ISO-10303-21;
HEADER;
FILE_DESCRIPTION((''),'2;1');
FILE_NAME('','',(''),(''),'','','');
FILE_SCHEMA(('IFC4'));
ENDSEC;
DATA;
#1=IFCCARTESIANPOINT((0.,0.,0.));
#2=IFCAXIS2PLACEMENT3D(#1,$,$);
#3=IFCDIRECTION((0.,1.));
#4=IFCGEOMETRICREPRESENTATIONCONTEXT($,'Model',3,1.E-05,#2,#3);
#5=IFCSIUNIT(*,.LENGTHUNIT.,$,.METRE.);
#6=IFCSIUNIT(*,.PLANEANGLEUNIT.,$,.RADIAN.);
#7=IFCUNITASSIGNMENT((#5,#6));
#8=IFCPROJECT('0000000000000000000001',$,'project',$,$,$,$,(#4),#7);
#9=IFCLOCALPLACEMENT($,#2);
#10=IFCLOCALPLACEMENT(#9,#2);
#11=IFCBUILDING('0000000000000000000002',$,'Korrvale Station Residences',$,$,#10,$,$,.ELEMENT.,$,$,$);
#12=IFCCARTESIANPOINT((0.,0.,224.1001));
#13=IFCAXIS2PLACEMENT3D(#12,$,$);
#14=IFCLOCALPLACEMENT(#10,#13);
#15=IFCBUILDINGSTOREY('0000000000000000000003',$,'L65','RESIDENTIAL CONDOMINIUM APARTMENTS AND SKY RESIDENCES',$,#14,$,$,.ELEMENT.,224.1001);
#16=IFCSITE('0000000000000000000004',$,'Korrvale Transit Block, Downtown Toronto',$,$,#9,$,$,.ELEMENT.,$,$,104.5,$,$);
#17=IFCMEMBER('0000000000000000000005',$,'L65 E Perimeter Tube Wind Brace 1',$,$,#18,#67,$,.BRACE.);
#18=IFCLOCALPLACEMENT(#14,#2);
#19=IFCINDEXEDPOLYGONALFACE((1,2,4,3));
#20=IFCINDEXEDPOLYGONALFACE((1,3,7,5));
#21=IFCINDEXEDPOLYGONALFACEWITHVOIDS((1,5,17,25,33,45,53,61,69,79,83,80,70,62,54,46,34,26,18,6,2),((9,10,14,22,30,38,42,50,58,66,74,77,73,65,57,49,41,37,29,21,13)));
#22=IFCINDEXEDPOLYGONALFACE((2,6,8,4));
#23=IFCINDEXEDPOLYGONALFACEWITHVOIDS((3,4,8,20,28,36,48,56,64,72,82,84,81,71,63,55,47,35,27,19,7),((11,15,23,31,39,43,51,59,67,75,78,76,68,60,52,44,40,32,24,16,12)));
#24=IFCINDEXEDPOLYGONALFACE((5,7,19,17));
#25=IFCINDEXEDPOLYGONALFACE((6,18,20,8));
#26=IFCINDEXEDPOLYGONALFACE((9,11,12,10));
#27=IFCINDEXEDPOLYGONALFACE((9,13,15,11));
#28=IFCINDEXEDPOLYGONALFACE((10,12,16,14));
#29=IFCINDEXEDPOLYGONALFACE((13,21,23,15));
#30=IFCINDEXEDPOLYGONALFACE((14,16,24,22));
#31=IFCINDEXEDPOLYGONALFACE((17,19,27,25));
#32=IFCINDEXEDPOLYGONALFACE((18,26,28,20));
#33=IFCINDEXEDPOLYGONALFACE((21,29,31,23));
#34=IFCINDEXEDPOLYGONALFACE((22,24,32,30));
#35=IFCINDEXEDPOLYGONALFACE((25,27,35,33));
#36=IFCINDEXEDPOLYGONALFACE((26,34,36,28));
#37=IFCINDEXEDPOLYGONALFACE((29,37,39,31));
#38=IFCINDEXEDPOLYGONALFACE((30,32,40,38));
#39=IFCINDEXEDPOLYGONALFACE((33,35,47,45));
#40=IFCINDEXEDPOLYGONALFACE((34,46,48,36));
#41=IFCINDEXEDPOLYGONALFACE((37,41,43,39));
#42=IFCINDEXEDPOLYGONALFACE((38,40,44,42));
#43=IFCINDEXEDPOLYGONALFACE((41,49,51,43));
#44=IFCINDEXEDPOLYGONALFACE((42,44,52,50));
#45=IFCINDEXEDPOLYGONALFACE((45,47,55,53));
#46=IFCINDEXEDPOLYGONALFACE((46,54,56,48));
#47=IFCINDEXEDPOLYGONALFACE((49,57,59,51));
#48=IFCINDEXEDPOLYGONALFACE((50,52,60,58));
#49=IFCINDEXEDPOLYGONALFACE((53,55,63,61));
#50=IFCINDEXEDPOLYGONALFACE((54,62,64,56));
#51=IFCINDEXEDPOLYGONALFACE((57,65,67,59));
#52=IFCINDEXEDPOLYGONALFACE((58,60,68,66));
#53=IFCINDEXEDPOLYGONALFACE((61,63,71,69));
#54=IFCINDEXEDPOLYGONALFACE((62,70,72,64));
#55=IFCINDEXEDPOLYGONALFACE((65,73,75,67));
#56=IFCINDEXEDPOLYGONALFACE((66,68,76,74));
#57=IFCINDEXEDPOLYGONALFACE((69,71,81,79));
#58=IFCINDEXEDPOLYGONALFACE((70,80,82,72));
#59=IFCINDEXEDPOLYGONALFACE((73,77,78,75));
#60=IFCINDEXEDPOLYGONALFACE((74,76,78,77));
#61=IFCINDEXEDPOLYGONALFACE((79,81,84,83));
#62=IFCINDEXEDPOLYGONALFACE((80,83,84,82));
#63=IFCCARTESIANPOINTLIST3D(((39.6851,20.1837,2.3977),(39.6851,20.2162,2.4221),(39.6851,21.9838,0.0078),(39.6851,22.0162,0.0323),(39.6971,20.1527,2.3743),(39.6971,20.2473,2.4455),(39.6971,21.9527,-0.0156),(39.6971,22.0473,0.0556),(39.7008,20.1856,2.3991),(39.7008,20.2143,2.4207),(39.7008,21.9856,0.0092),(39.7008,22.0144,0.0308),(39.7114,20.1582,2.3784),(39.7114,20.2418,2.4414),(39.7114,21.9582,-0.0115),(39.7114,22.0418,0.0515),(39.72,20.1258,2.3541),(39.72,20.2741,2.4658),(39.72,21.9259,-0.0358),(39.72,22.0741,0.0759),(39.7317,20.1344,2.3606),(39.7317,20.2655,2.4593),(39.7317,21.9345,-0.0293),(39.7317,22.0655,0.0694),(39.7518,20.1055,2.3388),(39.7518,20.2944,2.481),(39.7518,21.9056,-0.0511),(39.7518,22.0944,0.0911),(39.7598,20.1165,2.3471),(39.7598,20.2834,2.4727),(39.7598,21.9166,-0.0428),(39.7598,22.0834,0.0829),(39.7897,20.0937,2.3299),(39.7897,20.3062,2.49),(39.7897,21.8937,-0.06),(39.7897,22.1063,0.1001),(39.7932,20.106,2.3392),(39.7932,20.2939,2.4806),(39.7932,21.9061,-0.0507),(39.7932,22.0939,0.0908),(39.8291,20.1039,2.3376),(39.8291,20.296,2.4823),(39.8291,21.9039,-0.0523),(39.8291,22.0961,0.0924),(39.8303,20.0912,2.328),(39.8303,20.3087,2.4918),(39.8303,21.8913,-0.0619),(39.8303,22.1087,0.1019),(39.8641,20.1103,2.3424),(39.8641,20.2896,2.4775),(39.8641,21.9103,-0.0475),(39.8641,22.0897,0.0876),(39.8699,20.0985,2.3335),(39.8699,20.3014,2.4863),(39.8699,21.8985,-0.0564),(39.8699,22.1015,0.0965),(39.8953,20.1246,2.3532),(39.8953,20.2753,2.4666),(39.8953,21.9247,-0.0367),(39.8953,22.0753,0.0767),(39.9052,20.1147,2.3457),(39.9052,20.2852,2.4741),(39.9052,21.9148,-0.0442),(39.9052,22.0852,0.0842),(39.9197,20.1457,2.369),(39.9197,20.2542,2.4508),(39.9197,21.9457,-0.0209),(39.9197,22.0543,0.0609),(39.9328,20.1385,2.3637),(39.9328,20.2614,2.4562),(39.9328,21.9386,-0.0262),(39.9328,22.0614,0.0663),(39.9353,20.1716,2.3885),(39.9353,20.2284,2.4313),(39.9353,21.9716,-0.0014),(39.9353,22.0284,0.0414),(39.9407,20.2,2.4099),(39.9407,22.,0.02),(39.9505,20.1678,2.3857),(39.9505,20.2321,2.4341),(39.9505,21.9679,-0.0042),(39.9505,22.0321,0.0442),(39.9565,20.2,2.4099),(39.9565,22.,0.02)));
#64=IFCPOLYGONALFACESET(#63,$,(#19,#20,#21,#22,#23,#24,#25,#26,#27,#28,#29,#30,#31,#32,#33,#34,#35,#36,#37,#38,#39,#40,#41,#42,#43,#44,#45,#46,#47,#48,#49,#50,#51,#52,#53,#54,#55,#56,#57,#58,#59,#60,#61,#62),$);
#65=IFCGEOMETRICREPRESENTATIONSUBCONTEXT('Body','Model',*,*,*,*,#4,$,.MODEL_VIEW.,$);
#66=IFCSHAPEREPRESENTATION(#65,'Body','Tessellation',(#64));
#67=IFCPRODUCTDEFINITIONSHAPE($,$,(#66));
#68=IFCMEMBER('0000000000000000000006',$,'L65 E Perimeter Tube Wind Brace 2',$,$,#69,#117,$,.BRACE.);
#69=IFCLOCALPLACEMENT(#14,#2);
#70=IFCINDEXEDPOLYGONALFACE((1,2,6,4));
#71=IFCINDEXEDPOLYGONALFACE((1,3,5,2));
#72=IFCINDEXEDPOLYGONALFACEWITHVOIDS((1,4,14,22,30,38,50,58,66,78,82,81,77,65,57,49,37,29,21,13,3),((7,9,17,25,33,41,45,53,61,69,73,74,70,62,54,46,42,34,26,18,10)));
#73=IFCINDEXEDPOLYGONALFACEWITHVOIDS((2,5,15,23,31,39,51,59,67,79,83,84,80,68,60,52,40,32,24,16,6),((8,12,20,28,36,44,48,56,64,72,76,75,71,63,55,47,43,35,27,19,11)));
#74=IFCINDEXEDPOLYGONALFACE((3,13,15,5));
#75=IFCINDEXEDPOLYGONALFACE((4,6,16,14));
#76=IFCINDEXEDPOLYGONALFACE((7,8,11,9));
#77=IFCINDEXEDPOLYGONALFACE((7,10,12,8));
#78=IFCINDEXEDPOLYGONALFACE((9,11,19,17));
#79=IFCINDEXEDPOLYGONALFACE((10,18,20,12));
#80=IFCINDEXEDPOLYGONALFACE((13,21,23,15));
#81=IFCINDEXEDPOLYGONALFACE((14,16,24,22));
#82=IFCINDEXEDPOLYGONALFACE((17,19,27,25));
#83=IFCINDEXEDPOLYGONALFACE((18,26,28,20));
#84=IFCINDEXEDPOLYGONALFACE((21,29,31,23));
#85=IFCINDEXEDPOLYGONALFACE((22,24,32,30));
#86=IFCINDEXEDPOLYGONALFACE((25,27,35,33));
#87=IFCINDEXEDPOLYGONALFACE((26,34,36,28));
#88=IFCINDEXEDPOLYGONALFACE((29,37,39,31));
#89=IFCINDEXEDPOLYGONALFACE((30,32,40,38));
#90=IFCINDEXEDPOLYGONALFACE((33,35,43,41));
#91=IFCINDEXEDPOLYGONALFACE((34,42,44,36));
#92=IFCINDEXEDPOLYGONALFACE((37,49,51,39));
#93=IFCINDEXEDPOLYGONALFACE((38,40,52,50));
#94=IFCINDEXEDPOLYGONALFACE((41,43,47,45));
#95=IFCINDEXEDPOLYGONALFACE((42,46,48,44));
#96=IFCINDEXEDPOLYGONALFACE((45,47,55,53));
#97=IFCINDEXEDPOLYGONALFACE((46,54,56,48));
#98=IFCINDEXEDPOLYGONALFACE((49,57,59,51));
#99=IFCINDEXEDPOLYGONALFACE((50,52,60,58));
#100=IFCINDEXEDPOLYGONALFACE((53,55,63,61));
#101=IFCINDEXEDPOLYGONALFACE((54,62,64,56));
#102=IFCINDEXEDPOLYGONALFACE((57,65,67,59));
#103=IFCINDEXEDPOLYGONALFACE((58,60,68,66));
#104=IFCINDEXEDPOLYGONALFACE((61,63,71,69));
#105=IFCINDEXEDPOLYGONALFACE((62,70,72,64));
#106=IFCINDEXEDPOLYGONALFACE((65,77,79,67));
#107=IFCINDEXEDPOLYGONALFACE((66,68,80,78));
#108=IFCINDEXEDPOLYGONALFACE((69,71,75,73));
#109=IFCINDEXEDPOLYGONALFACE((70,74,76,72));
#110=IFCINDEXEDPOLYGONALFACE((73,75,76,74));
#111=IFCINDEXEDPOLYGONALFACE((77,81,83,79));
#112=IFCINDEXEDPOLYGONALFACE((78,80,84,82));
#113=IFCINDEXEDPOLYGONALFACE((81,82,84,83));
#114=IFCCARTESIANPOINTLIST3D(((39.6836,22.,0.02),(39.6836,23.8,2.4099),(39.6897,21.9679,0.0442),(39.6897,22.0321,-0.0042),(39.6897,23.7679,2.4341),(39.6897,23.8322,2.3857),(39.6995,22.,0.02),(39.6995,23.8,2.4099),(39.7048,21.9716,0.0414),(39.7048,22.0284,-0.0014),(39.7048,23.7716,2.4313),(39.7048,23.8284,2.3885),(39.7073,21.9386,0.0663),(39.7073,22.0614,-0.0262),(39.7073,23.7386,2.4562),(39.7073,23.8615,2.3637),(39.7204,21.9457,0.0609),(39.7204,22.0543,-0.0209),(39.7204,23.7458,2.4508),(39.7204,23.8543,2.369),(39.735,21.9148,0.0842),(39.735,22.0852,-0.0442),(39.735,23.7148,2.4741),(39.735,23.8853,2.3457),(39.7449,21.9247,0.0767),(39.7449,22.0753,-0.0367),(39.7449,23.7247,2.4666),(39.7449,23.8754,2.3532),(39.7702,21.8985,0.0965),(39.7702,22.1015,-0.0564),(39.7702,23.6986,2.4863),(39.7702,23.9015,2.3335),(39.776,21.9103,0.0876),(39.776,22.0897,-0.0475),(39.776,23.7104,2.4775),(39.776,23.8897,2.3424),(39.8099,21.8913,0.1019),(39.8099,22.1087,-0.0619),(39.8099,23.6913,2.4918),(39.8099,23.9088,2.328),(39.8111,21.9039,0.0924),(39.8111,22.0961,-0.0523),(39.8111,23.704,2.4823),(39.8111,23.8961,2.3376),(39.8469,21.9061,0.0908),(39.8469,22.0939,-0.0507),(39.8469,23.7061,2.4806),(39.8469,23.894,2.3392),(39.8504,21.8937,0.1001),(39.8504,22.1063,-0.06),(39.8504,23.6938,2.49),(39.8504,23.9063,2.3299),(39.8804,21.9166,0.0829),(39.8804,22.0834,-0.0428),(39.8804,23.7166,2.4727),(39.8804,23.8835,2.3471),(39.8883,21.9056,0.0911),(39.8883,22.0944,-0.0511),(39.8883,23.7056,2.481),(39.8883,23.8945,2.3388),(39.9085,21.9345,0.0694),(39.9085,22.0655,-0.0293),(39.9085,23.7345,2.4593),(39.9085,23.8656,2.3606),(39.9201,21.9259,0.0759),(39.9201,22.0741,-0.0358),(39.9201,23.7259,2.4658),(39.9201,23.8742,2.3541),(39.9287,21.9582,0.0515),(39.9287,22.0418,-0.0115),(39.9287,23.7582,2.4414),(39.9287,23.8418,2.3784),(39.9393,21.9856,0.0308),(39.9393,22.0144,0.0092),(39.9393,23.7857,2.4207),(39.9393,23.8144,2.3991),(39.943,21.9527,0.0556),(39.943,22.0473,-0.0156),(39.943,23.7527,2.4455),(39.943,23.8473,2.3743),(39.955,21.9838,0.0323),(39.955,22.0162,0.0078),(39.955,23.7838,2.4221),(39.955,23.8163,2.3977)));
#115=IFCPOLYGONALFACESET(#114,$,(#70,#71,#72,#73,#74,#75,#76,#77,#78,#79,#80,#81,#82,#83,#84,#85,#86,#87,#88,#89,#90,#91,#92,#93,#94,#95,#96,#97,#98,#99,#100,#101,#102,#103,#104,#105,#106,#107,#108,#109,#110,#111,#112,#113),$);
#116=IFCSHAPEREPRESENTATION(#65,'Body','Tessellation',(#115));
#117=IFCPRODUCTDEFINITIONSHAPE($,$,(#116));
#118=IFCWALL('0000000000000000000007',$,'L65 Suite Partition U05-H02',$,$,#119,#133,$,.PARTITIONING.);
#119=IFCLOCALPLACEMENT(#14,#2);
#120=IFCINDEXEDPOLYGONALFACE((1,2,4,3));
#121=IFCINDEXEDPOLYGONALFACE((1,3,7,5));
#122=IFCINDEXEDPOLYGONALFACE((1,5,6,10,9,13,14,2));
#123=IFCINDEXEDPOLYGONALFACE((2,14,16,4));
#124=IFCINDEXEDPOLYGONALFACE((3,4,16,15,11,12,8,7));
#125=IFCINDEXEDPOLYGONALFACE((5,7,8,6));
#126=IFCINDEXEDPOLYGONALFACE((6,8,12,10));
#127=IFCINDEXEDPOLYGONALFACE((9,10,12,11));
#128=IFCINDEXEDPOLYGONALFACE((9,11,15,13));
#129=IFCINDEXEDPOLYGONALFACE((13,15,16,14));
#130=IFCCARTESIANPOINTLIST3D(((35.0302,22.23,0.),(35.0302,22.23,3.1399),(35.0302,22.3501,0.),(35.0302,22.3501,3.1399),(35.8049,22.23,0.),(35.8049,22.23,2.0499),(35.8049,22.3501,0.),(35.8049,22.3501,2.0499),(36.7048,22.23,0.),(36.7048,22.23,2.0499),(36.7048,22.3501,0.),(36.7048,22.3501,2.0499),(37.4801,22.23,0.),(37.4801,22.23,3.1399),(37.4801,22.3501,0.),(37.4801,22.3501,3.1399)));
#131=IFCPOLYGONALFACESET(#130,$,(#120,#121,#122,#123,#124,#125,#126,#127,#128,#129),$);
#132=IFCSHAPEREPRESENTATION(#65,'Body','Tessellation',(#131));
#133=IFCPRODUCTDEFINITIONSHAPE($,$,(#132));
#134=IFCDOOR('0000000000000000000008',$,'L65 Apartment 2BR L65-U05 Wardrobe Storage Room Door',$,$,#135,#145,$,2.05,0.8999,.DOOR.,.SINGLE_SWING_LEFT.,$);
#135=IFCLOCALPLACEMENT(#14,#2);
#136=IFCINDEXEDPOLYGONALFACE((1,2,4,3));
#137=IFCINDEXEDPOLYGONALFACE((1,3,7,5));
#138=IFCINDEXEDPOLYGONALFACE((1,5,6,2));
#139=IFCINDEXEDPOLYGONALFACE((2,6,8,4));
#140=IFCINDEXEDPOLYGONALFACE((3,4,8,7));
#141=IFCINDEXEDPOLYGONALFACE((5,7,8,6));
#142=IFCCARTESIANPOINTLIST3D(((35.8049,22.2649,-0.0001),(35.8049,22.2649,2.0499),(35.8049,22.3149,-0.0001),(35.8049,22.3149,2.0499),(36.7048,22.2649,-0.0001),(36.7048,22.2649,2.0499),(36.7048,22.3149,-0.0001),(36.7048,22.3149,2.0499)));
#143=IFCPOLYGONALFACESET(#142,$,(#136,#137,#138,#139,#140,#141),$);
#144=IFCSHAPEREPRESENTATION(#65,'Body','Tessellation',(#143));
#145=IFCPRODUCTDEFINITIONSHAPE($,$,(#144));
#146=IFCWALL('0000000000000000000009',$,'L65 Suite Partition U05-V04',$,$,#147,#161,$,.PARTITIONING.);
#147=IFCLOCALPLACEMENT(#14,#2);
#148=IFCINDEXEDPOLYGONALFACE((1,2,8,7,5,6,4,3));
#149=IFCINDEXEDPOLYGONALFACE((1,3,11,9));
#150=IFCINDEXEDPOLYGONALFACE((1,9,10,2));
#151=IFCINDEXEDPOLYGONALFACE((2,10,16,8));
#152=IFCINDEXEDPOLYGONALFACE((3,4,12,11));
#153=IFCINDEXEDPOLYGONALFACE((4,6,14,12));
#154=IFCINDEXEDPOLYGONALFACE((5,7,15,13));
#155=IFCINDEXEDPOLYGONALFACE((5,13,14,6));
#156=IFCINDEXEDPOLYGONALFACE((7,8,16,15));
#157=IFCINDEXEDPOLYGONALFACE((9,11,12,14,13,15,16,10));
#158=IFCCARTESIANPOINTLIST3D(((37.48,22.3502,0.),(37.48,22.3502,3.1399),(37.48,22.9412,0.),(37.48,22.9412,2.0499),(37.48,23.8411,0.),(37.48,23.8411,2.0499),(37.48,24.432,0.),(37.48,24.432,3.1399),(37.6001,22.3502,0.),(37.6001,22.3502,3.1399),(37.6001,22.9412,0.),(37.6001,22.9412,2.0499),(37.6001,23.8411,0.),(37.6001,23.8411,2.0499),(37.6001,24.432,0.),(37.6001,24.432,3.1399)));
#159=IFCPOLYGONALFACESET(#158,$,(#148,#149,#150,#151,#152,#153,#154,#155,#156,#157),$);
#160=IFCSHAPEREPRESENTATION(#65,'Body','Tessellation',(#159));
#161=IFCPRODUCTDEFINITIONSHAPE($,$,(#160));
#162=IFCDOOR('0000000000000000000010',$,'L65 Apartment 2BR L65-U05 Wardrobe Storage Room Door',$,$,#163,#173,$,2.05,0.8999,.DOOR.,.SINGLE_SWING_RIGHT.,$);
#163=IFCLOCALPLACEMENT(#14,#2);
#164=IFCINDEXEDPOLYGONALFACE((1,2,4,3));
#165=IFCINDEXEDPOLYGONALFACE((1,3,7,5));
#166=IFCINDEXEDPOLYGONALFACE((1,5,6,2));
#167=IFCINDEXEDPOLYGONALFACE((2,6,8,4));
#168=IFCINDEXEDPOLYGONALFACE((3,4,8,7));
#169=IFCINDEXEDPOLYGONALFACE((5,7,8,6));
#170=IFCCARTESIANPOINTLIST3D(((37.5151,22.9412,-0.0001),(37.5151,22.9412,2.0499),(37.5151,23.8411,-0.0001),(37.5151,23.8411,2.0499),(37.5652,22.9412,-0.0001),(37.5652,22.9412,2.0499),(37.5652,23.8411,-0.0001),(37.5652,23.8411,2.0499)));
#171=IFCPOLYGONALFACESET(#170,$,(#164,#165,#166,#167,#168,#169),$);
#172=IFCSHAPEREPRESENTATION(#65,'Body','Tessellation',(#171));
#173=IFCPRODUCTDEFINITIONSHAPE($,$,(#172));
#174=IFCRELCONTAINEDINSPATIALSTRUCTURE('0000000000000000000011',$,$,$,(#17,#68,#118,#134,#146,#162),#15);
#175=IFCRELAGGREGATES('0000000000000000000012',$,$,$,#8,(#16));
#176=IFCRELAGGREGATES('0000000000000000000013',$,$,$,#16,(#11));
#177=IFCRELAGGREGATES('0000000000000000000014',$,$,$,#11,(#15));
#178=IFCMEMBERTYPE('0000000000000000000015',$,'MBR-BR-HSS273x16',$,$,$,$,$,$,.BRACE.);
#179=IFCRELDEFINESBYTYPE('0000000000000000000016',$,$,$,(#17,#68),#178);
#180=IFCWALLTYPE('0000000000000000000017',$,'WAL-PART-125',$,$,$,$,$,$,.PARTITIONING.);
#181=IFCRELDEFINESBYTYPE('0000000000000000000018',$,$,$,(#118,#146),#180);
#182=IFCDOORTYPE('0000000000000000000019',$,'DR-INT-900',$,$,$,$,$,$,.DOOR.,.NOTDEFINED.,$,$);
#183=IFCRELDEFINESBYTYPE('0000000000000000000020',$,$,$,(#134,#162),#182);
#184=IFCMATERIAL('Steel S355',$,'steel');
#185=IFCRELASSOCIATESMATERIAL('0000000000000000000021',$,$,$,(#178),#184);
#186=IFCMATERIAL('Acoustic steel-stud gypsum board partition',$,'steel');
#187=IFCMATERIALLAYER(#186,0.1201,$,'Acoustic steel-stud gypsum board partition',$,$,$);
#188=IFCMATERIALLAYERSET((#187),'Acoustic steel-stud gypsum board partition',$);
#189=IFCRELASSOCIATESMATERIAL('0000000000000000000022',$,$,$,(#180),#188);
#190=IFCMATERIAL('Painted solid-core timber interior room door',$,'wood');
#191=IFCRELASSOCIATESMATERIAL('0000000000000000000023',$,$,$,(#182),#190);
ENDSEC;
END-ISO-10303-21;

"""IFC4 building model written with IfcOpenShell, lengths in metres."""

from ifc_helpers import new_model, si_unit, direction, frame, frame_2d, origin, origin_2d, place, context, subcontext, project, spatial, rectangle, hollow_circle, extrude, material, layer, layer_set, material_profile, profile_set, type_object, element, fill, save


model = new_model("IFC4")

# Units and contexts
model_context = context("Model", 3, precision=1e-05, world=origin(), true_north=direction((0.0, 1.0)))
body_context = subcontext(model_context, "Body", "Model", "MODEL_VIEW")
ifc_project = project(units=[si_unit("LENGTHUNIT", "METRE"), si_unit("PLANEANGLEUNIT", "RADIAN")], contexts=[model_context])

# Site, building, storey
site_placement = place(None, origin())
site = spatial("IfcSite", under=ifc_project, at=site_placement, Name="Korrvale Transit Block, Downtown Toronto", CompositionType="ELEMENT", RefElevation=104.5)
building_placement = place(site_placement, origin())
building = spatial("IfcBuilding", under=site, at=building_placement, Name="Korrvale Station Residences", CompositionType="ELEMENT")
storey_placement = place(building_placement, frame((0.0, 0.0, 224.1001)))
storey = spatial("IfcBuildingStorey", under=building, at=storey_placement, Name="L65", Description="RESIDENTIAL CONDOMINIUM APARTMENTS AND SKY RESIDENCES", CompositionType="ELEMENT", Elevation=224.1001)

# Shared definitions
ifc_material_1 = material(Name="Steel S355", Category="steel")

# Members
ifc_material_profile_1 = material_profile(ifc_material_1, hollow_circle(Radius=0.1365, WallThickness=0.0159, at=origin_2d()), Name="HSS273x16")
ifc_profile_set_1 = profile_set([ifc_material_profile_1], Name="Steel S355")
member_type = type_object("IfcMemberType", Name="MBR-BR-HSS273x16", PredefinedType="BRACE", material=ifc_profile_set_1)
for number, where, z_axis, x_axis, name in (
    (1, (39.8201, 22.0, 0.02), (0.0, -0.601631, 0.798774), (1.0, 0.0, 0.0), "L65 E Perimeter Tube Wind Brace 1"),
    (2, (39.8201, 22.0, 0.02), (0.0, 0.601631, 0.798774), (-1.0, 0.0, 0.0), "L65 E Perimeter Tube Wind Brace 2"),
):
    element("IfcMember", number, at=place(storey_placement, frame(where, z_axis=z_axis, x_axis=x_axis)), inside=storey, type_object=member_type, Name=name, PredefinedType="BRACE", context=body_context, shape_type="SweptSolid", body=[
        extrude(hollow_circle(Radius=0.1365, WallThickness=0.0159, at=origin_2d()), origin(), (0.0, 0.0, 1.0), 2.9919),
    ])

# Walls, openings, doors
ifc_material_2 = material(Name="Acoustic steel-stud gypsum board partition", Category="steel")
ifc_layer_1 = layer(ifc_material_2, 0.1201, Name="Acoustic steel-stud gypsum board partition")
ifc_layer_set_1 = layer_set([ifc_layer_1], Name="Acoustic steel-stud gypsum board partition")
wall_type_1 = type_object("IfcWallType", Name="WAL-PART-125", PredefinedType="PARTITIONING", material=ifc_layer_set_1)
wall_1_placement = place(storey_placement, frame((35.03, 22.29, 0.0), z_axis=(0.0, 0.0, 1.0), x_axis=(1.0, 0.0, 0.0)))
wall_1 = element("IfcWall", 3, at=wall_1_placement, inside=storey, type_object=wall_type_1, Name="L65 Suite Partition U05-H02", PredefinedType="PARTITIONING", context=body_context, shape_type="SweptSolid", body=[
    extrude(rectangle(XDim=2.45, YDim=0.1201, at=frame_2d((1.2251, 0.0))), origin(), (0.0, 0.0, 1.0), 3.1399),
])
opening_1_placement = place(wall_1_placement, frame((0.7749, 0.0, 0.0)))
opening_1 = element("IfcOpeningElement", 4, at=opening_1_placement, cuts=wall_1, PredefinedType="OPENING", context=body_context, shape_type="SweptSolid", body=[
    extrude(rectangle(XDim=0.8999, YDim=2.05, at=frame_2d((0.45, 1.0249))), frame((0.0, 0.0701, 0.0), z_axis=(0.0, -1.0, 0.0), x_axis=(1.0, 0.0, 0.0)), (0.0, 0.0, 1.0), 0.1401),
])
ifc_material_3 = material(Name="Painted solid-core timber interior room door", Category="wood")
door_type = type_object("IfcDoorType", Name="DR-INT-900", OperationType="NOTDEFINED", PredefinedType="DOOR", material=ifc_material_3)
door_1_placement = place(opening_1_placement, origin())
door_1 = element("IfcDoor", 5, at=door_1_placement, inside=storey, type_object=door_type, Name="L65 Apartment 2BR L65-U05 Wardrobe Storage Room Door", OperationType="SINGLE_SWING_LEFT", OverallHeight=2.05, OverallWidth=0.8999, PredefinedType="DOOR", context=body_context, shape_type="SweptSolid", body=[
    extrude(rectangle(XDim=0.8999, YDim=2.05, at=frame_2d((0.45, 1.0249))), frame((0.0, 0.0249, 0.0), z_axis=(0.0, -1.0, 0.0), x_axis=(1.0, 0.0, 0.0)), (0.0, 0.0, 1.0), 0.05),
])
fill(opening_1, door_1)
wall_2_placement = place(storey_placement, frame((37.54, 22.3501, 0.0), z_axis=(0.0, 0.0, 1.0), x_axis=(0.0, 1.0, 0.0)))
wall_2 = element("IfcWall", 6, at=wall_2_placement, inside=storey, type_object=wall_type_1, Name="L65 Suite Partition U05-V04", PredefinedType="PARTITIONING", context=body_context, shape_type="SweptSolid", body=[
    extrude(rectangle(XDim=2.0818, YDim=0.1201, at=frame_2d((1.041, 0.0))), origin(), (0.0, 0.0, 1.0), 3.1399),
])
opening_2_placement = place(wall_2_placement, frame((0.5911, 0.0, 0.0)))
opening_2 = element("IfcOpeningElement", 7, at=opening_2_placement, cuts=wall_2, PredefinedType="OPENING", context=body_context, shape_type="SweptSolid", body=[
    extrude(rectangle(XDim=0.8999, YDim=2.05, at=frame_2d((0.45, 1.0249))), frame((0.0, 0.0701, 0.0), z_axis=(0.0, -1.0, 0.0), x_axis=(1.0, 0.0, 0.0)), (0.0, 0.0, 1.0), 0.1401),
])
door_2_placement = place(opening_2_placement, origin())
door_2 = element("IfcDoor", 8, at=door_2_placement, inside=storey, type_object=door_type, Name="L65 Apartment 2BR L65-U05 Wardrobe Storage Room Door", OperationType="SINGLE_SWING_RIGHT", OverallHeight=2.05, OverallWidth=0.8999, PredefinedType="DOOR", context=body_context, shape_type="SweptSolid", body=[
    extrude(rectangle(XDim=0.8999, YDim=2.05, at=frame_2d((0.45, 1.0249))), frame((0.0, 0.0249, 0.0), z_axis=(0.0, -1.0, 0.0), x_axis=(1.0, 0.0, 0.0)), (0.0, 0.0, 1.0), 0.05),
])
fill(opening_2, door_2)

save(model, "model.ifc")
